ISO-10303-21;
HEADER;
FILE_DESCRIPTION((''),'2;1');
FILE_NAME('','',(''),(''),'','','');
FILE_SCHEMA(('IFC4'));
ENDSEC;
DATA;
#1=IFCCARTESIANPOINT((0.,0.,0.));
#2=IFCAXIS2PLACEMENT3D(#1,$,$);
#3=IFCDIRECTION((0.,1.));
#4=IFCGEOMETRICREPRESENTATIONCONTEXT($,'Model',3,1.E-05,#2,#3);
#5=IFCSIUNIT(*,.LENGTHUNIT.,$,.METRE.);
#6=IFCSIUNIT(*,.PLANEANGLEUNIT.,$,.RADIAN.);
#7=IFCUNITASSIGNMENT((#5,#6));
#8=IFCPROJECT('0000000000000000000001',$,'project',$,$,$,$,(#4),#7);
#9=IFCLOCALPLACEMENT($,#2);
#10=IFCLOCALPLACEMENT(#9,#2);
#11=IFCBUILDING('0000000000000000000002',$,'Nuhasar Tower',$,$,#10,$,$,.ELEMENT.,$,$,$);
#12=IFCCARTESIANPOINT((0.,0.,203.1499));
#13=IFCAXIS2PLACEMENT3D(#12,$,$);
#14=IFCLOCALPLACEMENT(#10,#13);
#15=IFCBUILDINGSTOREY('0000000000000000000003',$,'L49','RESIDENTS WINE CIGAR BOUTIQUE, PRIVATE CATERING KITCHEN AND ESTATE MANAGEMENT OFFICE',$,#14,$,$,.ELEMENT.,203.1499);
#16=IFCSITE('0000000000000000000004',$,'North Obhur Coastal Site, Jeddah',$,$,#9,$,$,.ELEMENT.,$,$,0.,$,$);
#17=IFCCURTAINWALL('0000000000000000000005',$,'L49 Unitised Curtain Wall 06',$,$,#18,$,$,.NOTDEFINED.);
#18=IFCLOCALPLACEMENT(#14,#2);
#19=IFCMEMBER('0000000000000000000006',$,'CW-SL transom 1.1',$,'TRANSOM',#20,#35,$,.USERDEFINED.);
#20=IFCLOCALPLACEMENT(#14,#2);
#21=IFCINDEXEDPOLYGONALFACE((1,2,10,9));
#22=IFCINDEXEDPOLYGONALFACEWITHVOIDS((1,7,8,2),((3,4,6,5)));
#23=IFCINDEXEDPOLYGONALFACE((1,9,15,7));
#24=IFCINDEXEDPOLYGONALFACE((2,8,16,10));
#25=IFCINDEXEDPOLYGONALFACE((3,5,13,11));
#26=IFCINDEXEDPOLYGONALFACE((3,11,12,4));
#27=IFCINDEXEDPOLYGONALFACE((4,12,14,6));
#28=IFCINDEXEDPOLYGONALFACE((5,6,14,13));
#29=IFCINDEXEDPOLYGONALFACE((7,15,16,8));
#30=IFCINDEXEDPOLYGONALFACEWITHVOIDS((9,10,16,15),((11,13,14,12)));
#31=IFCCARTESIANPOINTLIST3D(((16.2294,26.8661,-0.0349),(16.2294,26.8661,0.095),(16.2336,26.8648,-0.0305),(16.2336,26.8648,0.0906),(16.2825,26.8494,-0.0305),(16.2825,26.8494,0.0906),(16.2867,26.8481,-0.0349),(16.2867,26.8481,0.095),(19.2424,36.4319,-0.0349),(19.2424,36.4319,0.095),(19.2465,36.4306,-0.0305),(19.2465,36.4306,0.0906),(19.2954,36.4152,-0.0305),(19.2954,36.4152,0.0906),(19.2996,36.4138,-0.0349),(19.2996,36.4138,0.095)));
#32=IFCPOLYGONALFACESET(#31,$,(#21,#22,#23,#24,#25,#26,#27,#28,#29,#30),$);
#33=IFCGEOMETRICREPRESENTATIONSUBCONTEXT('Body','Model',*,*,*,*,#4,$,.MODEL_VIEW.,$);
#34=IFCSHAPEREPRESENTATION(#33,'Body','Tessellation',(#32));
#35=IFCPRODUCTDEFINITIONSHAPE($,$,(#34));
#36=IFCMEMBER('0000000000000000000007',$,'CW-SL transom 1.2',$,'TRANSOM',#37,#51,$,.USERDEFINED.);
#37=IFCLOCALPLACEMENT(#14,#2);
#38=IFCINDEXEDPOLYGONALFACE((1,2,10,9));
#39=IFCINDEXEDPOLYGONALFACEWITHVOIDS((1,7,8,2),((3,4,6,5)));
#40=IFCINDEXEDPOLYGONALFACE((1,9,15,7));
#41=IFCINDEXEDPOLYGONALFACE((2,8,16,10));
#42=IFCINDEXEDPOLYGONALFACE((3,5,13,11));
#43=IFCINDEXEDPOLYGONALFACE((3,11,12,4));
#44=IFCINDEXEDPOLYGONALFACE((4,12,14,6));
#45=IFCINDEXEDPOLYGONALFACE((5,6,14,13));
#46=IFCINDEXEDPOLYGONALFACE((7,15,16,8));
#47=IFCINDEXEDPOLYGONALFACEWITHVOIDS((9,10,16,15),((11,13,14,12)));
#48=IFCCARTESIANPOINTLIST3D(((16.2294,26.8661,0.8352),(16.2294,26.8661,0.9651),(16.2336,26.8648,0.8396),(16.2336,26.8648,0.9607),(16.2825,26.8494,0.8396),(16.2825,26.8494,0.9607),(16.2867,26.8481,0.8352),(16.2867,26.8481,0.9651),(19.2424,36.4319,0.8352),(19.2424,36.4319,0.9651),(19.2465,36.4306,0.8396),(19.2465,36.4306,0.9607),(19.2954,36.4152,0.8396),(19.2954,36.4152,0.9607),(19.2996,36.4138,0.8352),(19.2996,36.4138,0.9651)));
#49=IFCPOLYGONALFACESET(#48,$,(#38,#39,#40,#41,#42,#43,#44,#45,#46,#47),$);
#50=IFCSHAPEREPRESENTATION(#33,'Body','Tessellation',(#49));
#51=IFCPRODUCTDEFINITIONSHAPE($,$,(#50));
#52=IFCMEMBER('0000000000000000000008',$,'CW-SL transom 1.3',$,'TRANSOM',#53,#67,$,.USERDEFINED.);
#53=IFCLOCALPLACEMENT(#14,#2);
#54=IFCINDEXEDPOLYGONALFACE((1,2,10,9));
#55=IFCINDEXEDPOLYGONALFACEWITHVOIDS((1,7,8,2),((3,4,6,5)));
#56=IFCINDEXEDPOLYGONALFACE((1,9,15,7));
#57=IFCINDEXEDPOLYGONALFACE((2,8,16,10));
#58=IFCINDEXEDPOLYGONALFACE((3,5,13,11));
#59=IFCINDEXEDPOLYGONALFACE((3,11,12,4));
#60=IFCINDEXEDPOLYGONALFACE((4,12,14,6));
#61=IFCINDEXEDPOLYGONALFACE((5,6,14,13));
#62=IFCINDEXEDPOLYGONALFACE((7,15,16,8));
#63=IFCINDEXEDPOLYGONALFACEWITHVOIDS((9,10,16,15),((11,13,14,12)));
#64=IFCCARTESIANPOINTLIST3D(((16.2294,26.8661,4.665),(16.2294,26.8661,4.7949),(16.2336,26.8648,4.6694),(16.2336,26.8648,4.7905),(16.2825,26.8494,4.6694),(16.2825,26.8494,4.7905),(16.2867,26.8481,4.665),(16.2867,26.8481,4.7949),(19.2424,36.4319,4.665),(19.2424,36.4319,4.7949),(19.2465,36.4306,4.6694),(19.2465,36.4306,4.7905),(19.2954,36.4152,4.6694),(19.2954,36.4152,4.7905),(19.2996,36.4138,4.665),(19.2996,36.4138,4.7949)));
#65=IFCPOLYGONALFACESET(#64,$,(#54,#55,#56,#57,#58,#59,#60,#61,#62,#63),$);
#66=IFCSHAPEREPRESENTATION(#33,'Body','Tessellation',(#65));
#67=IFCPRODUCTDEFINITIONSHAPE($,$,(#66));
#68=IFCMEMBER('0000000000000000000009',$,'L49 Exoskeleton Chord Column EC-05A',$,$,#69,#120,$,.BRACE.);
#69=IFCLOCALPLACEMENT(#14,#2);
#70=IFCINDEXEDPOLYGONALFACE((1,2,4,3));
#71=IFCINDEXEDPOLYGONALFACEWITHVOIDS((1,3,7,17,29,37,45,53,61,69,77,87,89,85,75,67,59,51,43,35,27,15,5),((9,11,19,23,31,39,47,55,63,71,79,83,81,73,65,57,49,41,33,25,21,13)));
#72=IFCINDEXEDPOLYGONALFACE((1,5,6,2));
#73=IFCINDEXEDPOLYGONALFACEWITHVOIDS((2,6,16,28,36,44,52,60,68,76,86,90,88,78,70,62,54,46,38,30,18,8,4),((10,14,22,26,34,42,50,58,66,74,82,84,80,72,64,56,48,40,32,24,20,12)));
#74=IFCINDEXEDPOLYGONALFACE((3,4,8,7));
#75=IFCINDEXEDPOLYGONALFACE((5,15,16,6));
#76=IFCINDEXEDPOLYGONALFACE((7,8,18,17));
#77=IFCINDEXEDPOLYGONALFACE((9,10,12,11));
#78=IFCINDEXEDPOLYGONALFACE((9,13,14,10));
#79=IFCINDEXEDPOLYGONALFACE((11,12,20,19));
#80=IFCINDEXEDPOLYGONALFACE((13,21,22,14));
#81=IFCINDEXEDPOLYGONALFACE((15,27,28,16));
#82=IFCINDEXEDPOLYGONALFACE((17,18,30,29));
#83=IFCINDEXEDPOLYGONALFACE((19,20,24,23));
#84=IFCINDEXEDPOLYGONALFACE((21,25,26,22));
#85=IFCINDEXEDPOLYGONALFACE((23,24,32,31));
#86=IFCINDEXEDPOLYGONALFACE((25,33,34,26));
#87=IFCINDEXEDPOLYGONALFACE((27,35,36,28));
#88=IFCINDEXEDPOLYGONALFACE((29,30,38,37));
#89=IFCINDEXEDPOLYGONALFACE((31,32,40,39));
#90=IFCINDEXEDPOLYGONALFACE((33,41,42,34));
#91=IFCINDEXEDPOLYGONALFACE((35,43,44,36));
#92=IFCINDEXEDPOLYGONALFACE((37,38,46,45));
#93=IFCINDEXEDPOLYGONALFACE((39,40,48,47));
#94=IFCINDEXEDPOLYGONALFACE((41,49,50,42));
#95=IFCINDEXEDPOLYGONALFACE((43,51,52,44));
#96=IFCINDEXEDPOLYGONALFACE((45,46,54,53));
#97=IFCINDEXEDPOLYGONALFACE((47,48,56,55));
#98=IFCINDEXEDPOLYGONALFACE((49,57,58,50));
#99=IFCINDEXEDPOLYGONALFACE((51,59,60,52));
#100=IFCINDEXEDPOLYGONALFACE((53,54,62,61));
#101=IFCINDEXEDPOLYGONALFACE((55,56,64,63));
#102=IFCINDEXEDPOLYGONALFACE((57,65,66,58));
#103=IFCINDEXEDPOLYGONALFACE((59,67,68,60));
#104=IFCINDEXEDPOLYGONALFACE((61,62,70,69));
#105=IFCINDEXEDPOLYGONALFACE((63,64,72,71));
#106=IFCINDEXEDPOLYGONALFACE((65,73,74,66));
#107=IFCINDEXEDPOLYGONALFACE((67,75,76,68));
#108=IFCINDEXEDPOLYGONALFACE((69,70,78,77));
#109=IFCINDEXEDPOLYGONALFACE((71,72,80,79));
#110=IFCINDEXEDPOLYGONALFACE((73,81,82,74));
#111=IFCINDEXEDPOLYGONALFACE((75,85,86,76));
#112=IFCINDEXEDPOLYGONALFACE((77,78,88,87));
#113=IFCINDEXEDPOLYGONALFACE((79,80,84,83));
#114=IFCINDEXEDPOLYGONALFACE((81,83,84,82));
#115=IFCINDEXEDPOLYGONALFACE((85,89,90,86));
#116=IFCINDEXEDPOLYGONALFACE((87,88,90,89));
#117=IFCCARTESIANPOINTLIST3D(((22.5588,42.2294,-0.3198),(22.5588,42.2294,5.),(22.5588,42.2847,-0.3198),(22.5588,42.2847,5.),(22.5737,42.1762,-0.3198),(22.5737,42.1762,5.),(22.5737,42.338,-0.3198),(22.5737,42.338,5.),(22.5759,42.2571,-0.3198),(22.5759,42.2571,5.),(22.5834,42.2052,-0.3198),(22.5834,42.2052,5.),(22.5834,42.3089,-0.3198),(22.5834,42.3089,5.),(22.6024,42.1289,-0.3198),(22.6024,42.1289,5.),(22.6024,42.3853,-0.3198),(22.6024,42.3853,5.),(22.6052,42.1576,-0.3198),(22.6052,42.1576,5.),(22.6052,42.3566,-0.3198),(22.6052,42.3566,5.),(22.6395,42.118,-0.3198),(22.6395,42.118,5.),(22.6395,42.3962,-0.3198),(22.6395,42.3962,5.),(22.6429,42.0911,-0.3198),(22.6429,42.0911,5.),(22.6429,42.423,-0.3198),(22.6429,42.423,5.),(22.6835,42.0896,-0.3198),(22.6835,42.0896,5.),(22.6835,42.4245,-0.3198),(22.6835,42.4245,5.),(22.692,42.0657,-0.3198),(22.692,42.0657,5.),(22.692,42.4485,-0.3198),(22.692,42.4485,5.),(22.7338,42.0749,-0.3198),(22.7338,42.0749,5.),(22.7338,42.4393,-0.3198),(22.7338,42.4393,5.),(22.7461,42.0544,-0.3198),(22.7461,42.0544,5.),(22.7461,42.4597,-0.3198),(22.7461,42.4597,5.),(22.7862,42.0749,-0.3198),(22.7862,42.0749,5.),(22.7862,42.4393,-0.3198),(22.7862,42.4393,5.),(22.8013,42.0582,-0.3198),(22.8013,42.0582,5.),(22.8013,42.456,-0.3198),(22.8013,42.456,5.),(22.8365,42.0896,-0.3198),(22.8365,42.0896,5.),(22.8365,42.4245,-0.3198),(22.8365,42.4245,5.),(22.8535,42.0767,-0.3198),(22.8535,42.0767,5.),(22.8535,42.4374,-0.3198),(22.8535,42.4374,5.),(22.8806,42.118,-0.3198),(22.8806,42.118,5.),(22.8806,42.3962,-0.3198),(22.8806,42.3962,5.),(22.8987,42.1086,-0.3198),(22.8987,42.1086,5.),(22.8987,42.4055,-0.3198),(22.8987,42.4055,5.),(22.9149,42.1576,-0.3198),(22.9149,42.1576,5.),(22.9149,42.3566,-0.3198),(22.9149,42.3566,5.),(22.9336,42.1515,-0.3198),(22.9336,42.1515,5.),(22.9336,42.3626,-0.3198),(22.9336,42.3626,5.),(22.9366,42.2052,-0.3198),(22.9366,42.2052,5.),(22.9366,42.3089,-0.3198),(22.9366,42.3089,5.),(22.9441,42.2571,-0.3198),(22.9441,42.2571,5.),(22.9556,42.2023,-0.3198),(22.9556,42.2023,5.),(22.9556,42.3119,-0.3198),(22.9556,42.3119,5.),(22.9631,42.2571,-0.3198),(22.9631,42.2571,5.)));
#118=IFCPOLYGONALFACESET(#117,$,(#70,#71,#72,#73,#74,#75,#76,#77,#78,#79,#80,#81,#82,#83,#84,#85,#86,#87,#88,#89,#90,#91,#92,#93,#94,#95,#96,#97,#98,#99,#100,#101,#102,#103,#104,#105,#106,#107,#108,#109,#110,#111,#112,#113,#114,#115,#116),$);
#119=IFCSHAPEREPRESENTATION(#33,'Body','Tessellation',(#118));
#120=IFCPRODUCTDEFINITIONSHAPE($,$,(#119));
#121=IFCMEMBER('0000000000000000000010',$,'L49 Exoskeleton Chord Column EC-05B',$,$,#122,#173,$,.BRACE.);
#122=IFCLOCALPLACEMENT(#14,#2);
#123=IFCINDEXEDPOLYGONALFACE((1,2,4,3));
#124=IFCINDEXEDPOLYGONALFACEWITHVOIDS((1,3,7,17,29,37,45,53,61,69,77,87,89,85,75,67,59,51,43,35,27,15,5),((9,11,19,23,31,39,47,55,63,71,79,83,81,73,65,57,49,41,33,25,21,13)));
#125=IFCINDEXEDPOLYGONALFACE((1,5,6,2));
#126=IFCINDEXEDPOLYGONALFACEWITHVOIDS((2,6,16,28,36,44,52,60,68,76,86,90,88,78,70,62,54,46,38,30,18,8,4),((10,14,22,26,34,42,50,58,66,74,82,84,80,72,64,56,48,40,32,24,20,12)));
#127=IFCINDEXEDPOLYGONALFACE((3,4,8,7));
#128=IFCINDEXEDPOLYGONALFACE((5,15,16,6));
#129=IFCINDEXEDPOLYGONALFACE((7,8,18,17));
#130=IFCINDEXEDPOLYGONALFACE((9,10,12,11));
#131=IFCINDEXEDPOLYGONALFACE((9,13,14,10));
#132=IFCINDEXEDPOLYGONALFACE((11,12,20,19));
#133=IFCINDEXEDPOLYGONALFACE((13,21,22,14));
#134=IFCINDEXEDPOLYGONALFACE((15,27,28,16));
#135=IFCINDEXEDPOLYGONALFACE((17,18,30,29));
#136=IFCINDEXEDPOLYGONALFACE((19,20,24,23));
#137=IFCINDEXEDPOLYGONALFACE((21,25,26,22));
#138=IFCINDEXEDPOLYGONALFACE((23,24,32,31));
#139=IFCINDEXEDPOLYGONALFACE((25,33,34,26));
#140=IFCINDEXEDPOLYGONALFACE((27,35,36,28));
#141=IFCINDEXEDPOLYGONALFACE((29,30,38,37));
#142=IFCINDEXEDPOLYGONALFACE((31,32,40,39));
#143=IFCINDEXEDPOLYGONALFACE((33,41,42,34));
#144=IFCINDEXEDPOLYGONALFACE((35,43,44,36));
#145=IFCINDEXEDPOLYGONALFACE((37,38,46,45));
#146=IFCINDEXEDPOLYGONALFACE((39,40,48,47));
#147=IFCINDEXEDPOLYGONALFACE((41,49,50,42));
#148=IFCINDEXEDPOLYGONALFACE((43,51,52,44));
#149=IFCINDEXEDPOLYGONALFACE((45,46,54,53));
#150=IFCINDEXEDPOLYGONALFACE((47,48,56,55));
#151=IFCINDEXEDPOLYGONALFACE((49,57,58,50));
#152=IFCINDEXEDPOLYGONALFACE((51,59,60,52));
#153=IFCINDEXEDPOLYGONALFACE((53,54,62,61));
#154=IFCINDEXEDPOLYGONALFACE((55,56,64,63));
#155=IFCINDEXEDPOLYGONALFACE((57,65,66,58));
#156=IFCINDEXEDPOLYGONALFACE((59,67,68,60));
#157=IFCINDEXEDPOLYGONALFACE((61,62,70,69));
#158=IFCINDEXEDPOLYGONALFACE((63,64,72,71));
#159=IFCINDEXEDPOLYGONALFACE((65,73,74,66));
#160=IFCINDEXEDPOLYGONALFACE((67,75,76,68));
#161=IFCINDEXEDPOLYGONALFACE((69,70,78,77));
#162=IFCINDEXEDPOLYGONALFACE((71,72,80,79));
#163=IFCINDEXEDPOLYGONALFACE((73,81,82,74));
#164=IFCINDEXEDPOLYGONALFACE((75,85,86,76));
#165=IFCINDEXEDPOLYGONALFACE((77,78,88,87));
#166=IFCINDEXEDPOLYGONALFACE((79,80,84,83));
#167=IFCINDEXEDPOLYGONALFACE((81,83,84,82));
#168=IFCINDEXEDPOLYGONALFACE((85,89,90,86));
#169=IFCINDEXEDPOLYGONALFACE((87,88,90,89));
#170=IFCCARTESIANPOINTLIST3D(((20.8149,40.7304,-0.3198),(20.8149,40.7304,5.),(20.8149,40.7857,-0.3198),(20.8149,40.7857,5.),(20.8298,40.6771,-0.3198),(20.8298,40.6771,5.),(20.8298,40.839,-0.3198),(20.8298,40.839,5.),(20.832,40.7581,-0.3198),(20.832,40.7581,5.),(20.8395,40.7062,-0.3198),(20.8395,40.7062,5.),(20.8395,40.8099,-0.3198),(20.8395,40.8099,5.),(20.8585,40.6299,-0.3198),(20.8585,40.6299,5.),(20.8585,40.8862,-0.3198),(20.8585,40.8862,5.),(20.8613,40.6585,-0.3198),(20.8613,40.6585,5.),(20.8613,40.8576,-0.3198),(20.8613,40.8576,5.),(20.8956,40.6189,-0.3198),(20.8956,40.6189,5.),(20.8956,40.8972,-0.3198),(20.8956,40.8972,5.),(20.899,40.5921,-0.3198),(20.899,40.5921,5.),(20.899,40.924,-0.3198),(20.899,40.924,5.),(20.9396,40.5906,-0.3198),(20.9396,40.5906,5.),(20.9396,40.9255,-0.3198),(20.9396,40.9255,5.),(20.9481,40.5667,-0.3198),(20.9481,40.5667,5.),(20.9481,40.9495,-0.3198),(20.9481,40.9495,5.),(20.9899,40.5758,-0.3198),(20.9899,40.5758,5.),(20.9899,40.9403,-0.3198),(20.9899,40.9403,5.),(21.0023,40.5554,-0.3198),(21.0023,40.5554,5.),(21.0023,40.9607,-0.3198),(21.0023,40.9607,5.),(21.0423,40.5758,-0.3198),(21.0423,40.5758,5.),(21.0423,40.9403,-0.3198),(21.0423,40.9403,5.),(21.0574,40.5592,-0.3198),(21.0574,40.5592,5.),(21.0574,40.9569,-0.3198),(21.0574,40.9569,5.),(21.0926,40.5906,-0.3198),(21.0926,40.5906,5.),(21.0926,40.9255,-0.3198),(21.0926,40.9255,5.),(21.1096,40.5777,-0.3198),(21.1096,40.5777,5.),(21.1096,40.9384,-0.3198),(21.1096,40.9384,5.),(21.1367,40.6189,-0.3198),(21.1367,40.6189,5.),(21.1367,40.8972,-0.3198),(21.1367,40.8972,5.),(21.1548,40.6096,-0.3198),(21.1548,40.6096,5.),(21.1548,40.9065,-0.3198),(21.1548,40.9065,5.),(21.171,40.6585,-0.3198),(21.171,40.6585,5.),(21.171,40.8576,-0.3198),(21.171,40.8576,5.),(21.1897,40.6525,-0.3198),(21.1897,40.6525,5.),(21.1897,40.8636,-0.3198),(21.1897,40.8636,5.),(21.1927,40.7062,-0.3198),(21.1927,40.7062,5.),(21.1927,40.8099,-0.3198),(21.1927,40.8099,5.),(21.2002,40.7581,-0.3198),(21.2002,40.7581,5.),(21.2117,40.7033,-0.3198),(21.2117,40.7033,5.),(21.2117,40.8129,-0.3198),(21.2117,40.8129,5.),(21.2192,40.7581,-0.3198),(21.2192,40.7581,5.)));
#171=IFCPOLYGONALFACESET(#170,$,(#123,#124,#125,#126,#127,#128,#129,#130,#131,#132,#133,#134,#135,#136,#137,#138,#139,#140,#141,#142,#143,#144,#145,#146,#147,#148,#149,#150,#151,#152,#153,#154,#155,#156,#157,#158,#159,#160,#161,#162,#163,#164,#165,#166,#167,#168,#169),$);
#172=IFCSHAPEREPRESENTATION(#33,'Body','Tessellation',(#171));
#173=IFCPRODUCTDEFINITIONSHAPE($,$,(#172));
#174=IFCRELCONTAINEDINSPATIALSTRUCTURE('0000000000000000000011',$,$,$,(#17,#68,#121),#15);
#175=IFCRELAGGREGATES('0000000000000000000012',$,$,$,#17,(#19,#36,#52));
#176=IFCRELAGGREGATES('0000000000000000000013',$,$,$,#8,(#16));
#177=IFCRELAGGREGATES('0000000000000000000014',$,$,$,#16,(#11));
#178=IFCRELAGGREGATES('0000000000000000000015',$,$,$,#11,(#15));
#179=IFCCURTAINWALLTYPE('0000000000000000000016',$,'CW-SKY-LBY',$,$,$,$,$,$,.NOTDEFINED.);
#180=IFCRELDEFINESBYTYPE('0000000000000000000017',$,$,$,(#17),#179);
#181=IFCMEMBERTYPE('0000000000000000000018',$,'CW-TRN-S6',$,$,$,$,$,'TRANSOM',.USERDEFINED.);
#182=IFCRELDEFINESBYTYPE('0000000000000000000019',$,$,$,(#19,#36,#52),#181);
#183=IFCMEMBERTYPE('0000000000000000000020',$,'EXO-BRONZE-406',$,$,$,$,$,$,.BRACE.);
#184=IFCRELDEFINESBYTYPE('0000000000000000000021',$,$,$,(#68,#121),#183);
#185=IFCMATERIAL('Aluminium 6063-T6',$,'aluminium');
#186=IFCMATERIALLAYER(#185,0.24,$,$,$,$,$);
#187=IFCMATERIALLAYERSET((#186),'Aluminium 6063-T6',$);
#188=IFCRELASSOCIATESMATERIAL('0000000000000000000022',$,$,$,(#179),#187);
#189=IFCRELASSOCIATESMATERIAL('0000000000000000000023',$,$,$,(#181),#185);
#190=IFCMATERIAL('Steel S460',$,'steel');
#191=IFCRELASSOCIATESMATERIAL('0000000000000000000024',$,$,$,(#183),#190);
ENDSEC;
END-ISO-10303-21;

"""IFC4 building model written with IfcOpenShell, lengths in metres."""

from ifc_helpers import new_model, si_unit, direction, frame, origin, origin_2d, place, context, subcontext, project, spatial, hollow_rectangle, hollow_circle, extrude, material, layer, layer_set, material_profile, profile_set, type_object, element, aggregate, save


model = new_model("IFC4")

# Units and contexts
model_context = context("Model", 3, precision=1e-05, world=origin(), true_north=direction((0.0, 1.0)))
body_context = subcontext(model_context, "Body", "Model", "MODEL_VIEW")
ifc_project = project(units=[si_unit("LENGTHUNIT", "METRE"), si_unit("PLANEANGLEUNIT", "RADIAN")], contexts=[model_context])

# Site, building, storey
site_placement = place(None, origin())
site = spatial("IfcSite", under=ifc_project, at=site_placement, Name="North Obhur Coastal Site, Jeddah", CompositionType="ELEMENT", RefElevation=0.0)
building_placement = place(site_placement, origin())
building = spatial("IfcBuilding", under=site, at=building_placement, Name="Nuhasar Tower", CompositionType="ELEMENT")
storey_placement = place(building_placement, frame((0.0, 0.0, 203.1499)))
storey = spatial("IfcBuildingStorey", under=building, at=storey_placement, Name="L49", Description="RESIDENTS WINE CIGAR BOUTIQUE, PRIVATE CATERING KITCHEN AND ESTATE MANAGEMENT OFFICE", CompositionType="ELEMENT", Elevation=203.1499)

# Shared definitions
ifc_material_1 = material(Name="Steel S460", Category="steel")

# Shared definitions
ifc_material_2 = material(Name="Aluminium 6063-T6", Category="aluminium")
ifc_layer_1 = layer(ifc_material_2, 0.24)
ifc_layer_set_1 = layer_set([ifc_layer_1], Name="Aluminium 6063-T6")
curtain_wall_type = type_object("IfcCurtainWallType", Name="CW-SKY-LBY", PredefinedType="NOTDEFINED", material=ifc_layer_set_1)

# Curtain wall
curtain_wall_1_placement = place(storey_placement, origin())
curtain_wall_1 = element("IfcCurtainWall", 1, at=curtain_wall_1_placement, inside=storey, type_object=curtain_wall_type, Name="L49 Unitised Curtain Wall 06", PredefinedType="NOTDEFINED")

# Members
ifc_material_profile_1 = material_profile(ifc_material_2, hollow_rectangle(XDim=0.0601, YDim=0.1299, WallThickness=0.0044, at=origin_2d()), Name="CWT-6")
ifc_profile_set_1 = profile_set([ifc_material_profile_1], Name="Aluminium 6063-T6")
member_type_1 = type_object("IfcMemberType", Name="CW-TRN-S6", ElementType="TRANSOM", PredefinedType="USERDEFINED", material=ifc_profile_set_1)
member_1_placement = place(storey_placement, frame((19.271, 36.4229, 0.03), z_axis=(-0.300424, -0.953806, 0.0), x_axis=(0.953806, -0.300424, 0.0)))
member_1 = element("IfcMember", 2, at=member_1_placement, type_object=member_type_1, Name="CW-SL transom 1.1", ObjectType="TRANSOM", PredefinedType="USERDEFINED", context=body_context, shape_type="SweptSolid", body=[
    extrude(hollow_rectangle(XDim=0.0601, YDim=0.1299, WallThickness=0.0044, at=origin_2d()), origin(), (0.0, 0.0, 1.0), 10.0291),
])
member_2_placement = place(storey_placement, frame((19.271, 36.4229, 0.9001), z_axis=(-0.300424, -0.953806, 0.0), x_axis=(0.953806, -0.300424, 0.0)))
member_2 = element("IfcMember", 3, at=member_2_placement, type_object=member_type_1, Name="CW-SL transom 1.2", ObjectType="TRANSOM", PredefinedType="USERDEFINED", context=body_context, shape_type="SweptSolid", body=[
    extrude(hollow_rectangle(XDim=0.0601, YDim=0.1299, WallThickness=0.0044, at=origin_2d()), origin(), (0.0, 0.0, 1.0), 10.0291),
])
member_3_placement = place(storey_placement, frame((19.271, 36.4229, 4.73), z_axis=(-0.300424, -0.953806, 0.0), x_axis=(0.953806, -0.300424, 0.0)))
member_3 = element("IfcMember", 4, at=member_3_placement, type_object=member_type_1, Name="CW-SL transom 1.3", ObjectType="TRANSOM", PredefinedType="USERDEFINED", context=body_context, shape_type="SweptSolid", body=[
    extrude(hollow_rectangle(XDim=0.0601, YDim=0.1299, WallThickness=0.0044, at=origin_2d()), origin(), (0.0, 0.0, 1.0), 10.0291),
])
aggregate(curtain_wall_1, [member_1, member_2, member_3])

# Members
ifc_material_profile_2 = material_profile(ifc_material_1, hollow_circle(Radius=0.2031, WallThickness=0.019, at=origin_2d()), Name="HSS406.4X19.1")
ifc_profile_set_2 = profile_set([ifc_material_profile_2], Name="Steel S460")
member_type_2 = type_object("IfcMemberType", Name="EXO-BRONZE-406", PredefinedType="BRACE", material=ifc_profile_set_2)
for number, where, z_axis, x_axis, name in (
    (5, (22.76, 42.2571, -0.3198), (0.0, 0.0, 1.0), (1.0, 0.0, 0.0), "L49 Exoskeleton Chord Column EC-05A"),
    (6, (21.0161, 40.7581, -0.3198), (0.0, 0.0, 1.0), (1.0, 0.0, 0.0), "L49 Exoskeleton Chord Column EC-05B"),
):
    element("IfcMember", number, at=place(storey_placement, frame(where, z_axis=z_axis, x_axis=x_axis)), inside=storey, type_object=member_type_2, Name=name, PredefinedType="BRACE", context=body_context, shape_type="SweptSolid", body=[
        extrude(hollow_circle(Radius=0.2031, WallThickness=0.019, at=origin_2d()), origin(), (0.0, 0.0, 1.0), 5.3198),
    ])

save(model, "model.ifc")
